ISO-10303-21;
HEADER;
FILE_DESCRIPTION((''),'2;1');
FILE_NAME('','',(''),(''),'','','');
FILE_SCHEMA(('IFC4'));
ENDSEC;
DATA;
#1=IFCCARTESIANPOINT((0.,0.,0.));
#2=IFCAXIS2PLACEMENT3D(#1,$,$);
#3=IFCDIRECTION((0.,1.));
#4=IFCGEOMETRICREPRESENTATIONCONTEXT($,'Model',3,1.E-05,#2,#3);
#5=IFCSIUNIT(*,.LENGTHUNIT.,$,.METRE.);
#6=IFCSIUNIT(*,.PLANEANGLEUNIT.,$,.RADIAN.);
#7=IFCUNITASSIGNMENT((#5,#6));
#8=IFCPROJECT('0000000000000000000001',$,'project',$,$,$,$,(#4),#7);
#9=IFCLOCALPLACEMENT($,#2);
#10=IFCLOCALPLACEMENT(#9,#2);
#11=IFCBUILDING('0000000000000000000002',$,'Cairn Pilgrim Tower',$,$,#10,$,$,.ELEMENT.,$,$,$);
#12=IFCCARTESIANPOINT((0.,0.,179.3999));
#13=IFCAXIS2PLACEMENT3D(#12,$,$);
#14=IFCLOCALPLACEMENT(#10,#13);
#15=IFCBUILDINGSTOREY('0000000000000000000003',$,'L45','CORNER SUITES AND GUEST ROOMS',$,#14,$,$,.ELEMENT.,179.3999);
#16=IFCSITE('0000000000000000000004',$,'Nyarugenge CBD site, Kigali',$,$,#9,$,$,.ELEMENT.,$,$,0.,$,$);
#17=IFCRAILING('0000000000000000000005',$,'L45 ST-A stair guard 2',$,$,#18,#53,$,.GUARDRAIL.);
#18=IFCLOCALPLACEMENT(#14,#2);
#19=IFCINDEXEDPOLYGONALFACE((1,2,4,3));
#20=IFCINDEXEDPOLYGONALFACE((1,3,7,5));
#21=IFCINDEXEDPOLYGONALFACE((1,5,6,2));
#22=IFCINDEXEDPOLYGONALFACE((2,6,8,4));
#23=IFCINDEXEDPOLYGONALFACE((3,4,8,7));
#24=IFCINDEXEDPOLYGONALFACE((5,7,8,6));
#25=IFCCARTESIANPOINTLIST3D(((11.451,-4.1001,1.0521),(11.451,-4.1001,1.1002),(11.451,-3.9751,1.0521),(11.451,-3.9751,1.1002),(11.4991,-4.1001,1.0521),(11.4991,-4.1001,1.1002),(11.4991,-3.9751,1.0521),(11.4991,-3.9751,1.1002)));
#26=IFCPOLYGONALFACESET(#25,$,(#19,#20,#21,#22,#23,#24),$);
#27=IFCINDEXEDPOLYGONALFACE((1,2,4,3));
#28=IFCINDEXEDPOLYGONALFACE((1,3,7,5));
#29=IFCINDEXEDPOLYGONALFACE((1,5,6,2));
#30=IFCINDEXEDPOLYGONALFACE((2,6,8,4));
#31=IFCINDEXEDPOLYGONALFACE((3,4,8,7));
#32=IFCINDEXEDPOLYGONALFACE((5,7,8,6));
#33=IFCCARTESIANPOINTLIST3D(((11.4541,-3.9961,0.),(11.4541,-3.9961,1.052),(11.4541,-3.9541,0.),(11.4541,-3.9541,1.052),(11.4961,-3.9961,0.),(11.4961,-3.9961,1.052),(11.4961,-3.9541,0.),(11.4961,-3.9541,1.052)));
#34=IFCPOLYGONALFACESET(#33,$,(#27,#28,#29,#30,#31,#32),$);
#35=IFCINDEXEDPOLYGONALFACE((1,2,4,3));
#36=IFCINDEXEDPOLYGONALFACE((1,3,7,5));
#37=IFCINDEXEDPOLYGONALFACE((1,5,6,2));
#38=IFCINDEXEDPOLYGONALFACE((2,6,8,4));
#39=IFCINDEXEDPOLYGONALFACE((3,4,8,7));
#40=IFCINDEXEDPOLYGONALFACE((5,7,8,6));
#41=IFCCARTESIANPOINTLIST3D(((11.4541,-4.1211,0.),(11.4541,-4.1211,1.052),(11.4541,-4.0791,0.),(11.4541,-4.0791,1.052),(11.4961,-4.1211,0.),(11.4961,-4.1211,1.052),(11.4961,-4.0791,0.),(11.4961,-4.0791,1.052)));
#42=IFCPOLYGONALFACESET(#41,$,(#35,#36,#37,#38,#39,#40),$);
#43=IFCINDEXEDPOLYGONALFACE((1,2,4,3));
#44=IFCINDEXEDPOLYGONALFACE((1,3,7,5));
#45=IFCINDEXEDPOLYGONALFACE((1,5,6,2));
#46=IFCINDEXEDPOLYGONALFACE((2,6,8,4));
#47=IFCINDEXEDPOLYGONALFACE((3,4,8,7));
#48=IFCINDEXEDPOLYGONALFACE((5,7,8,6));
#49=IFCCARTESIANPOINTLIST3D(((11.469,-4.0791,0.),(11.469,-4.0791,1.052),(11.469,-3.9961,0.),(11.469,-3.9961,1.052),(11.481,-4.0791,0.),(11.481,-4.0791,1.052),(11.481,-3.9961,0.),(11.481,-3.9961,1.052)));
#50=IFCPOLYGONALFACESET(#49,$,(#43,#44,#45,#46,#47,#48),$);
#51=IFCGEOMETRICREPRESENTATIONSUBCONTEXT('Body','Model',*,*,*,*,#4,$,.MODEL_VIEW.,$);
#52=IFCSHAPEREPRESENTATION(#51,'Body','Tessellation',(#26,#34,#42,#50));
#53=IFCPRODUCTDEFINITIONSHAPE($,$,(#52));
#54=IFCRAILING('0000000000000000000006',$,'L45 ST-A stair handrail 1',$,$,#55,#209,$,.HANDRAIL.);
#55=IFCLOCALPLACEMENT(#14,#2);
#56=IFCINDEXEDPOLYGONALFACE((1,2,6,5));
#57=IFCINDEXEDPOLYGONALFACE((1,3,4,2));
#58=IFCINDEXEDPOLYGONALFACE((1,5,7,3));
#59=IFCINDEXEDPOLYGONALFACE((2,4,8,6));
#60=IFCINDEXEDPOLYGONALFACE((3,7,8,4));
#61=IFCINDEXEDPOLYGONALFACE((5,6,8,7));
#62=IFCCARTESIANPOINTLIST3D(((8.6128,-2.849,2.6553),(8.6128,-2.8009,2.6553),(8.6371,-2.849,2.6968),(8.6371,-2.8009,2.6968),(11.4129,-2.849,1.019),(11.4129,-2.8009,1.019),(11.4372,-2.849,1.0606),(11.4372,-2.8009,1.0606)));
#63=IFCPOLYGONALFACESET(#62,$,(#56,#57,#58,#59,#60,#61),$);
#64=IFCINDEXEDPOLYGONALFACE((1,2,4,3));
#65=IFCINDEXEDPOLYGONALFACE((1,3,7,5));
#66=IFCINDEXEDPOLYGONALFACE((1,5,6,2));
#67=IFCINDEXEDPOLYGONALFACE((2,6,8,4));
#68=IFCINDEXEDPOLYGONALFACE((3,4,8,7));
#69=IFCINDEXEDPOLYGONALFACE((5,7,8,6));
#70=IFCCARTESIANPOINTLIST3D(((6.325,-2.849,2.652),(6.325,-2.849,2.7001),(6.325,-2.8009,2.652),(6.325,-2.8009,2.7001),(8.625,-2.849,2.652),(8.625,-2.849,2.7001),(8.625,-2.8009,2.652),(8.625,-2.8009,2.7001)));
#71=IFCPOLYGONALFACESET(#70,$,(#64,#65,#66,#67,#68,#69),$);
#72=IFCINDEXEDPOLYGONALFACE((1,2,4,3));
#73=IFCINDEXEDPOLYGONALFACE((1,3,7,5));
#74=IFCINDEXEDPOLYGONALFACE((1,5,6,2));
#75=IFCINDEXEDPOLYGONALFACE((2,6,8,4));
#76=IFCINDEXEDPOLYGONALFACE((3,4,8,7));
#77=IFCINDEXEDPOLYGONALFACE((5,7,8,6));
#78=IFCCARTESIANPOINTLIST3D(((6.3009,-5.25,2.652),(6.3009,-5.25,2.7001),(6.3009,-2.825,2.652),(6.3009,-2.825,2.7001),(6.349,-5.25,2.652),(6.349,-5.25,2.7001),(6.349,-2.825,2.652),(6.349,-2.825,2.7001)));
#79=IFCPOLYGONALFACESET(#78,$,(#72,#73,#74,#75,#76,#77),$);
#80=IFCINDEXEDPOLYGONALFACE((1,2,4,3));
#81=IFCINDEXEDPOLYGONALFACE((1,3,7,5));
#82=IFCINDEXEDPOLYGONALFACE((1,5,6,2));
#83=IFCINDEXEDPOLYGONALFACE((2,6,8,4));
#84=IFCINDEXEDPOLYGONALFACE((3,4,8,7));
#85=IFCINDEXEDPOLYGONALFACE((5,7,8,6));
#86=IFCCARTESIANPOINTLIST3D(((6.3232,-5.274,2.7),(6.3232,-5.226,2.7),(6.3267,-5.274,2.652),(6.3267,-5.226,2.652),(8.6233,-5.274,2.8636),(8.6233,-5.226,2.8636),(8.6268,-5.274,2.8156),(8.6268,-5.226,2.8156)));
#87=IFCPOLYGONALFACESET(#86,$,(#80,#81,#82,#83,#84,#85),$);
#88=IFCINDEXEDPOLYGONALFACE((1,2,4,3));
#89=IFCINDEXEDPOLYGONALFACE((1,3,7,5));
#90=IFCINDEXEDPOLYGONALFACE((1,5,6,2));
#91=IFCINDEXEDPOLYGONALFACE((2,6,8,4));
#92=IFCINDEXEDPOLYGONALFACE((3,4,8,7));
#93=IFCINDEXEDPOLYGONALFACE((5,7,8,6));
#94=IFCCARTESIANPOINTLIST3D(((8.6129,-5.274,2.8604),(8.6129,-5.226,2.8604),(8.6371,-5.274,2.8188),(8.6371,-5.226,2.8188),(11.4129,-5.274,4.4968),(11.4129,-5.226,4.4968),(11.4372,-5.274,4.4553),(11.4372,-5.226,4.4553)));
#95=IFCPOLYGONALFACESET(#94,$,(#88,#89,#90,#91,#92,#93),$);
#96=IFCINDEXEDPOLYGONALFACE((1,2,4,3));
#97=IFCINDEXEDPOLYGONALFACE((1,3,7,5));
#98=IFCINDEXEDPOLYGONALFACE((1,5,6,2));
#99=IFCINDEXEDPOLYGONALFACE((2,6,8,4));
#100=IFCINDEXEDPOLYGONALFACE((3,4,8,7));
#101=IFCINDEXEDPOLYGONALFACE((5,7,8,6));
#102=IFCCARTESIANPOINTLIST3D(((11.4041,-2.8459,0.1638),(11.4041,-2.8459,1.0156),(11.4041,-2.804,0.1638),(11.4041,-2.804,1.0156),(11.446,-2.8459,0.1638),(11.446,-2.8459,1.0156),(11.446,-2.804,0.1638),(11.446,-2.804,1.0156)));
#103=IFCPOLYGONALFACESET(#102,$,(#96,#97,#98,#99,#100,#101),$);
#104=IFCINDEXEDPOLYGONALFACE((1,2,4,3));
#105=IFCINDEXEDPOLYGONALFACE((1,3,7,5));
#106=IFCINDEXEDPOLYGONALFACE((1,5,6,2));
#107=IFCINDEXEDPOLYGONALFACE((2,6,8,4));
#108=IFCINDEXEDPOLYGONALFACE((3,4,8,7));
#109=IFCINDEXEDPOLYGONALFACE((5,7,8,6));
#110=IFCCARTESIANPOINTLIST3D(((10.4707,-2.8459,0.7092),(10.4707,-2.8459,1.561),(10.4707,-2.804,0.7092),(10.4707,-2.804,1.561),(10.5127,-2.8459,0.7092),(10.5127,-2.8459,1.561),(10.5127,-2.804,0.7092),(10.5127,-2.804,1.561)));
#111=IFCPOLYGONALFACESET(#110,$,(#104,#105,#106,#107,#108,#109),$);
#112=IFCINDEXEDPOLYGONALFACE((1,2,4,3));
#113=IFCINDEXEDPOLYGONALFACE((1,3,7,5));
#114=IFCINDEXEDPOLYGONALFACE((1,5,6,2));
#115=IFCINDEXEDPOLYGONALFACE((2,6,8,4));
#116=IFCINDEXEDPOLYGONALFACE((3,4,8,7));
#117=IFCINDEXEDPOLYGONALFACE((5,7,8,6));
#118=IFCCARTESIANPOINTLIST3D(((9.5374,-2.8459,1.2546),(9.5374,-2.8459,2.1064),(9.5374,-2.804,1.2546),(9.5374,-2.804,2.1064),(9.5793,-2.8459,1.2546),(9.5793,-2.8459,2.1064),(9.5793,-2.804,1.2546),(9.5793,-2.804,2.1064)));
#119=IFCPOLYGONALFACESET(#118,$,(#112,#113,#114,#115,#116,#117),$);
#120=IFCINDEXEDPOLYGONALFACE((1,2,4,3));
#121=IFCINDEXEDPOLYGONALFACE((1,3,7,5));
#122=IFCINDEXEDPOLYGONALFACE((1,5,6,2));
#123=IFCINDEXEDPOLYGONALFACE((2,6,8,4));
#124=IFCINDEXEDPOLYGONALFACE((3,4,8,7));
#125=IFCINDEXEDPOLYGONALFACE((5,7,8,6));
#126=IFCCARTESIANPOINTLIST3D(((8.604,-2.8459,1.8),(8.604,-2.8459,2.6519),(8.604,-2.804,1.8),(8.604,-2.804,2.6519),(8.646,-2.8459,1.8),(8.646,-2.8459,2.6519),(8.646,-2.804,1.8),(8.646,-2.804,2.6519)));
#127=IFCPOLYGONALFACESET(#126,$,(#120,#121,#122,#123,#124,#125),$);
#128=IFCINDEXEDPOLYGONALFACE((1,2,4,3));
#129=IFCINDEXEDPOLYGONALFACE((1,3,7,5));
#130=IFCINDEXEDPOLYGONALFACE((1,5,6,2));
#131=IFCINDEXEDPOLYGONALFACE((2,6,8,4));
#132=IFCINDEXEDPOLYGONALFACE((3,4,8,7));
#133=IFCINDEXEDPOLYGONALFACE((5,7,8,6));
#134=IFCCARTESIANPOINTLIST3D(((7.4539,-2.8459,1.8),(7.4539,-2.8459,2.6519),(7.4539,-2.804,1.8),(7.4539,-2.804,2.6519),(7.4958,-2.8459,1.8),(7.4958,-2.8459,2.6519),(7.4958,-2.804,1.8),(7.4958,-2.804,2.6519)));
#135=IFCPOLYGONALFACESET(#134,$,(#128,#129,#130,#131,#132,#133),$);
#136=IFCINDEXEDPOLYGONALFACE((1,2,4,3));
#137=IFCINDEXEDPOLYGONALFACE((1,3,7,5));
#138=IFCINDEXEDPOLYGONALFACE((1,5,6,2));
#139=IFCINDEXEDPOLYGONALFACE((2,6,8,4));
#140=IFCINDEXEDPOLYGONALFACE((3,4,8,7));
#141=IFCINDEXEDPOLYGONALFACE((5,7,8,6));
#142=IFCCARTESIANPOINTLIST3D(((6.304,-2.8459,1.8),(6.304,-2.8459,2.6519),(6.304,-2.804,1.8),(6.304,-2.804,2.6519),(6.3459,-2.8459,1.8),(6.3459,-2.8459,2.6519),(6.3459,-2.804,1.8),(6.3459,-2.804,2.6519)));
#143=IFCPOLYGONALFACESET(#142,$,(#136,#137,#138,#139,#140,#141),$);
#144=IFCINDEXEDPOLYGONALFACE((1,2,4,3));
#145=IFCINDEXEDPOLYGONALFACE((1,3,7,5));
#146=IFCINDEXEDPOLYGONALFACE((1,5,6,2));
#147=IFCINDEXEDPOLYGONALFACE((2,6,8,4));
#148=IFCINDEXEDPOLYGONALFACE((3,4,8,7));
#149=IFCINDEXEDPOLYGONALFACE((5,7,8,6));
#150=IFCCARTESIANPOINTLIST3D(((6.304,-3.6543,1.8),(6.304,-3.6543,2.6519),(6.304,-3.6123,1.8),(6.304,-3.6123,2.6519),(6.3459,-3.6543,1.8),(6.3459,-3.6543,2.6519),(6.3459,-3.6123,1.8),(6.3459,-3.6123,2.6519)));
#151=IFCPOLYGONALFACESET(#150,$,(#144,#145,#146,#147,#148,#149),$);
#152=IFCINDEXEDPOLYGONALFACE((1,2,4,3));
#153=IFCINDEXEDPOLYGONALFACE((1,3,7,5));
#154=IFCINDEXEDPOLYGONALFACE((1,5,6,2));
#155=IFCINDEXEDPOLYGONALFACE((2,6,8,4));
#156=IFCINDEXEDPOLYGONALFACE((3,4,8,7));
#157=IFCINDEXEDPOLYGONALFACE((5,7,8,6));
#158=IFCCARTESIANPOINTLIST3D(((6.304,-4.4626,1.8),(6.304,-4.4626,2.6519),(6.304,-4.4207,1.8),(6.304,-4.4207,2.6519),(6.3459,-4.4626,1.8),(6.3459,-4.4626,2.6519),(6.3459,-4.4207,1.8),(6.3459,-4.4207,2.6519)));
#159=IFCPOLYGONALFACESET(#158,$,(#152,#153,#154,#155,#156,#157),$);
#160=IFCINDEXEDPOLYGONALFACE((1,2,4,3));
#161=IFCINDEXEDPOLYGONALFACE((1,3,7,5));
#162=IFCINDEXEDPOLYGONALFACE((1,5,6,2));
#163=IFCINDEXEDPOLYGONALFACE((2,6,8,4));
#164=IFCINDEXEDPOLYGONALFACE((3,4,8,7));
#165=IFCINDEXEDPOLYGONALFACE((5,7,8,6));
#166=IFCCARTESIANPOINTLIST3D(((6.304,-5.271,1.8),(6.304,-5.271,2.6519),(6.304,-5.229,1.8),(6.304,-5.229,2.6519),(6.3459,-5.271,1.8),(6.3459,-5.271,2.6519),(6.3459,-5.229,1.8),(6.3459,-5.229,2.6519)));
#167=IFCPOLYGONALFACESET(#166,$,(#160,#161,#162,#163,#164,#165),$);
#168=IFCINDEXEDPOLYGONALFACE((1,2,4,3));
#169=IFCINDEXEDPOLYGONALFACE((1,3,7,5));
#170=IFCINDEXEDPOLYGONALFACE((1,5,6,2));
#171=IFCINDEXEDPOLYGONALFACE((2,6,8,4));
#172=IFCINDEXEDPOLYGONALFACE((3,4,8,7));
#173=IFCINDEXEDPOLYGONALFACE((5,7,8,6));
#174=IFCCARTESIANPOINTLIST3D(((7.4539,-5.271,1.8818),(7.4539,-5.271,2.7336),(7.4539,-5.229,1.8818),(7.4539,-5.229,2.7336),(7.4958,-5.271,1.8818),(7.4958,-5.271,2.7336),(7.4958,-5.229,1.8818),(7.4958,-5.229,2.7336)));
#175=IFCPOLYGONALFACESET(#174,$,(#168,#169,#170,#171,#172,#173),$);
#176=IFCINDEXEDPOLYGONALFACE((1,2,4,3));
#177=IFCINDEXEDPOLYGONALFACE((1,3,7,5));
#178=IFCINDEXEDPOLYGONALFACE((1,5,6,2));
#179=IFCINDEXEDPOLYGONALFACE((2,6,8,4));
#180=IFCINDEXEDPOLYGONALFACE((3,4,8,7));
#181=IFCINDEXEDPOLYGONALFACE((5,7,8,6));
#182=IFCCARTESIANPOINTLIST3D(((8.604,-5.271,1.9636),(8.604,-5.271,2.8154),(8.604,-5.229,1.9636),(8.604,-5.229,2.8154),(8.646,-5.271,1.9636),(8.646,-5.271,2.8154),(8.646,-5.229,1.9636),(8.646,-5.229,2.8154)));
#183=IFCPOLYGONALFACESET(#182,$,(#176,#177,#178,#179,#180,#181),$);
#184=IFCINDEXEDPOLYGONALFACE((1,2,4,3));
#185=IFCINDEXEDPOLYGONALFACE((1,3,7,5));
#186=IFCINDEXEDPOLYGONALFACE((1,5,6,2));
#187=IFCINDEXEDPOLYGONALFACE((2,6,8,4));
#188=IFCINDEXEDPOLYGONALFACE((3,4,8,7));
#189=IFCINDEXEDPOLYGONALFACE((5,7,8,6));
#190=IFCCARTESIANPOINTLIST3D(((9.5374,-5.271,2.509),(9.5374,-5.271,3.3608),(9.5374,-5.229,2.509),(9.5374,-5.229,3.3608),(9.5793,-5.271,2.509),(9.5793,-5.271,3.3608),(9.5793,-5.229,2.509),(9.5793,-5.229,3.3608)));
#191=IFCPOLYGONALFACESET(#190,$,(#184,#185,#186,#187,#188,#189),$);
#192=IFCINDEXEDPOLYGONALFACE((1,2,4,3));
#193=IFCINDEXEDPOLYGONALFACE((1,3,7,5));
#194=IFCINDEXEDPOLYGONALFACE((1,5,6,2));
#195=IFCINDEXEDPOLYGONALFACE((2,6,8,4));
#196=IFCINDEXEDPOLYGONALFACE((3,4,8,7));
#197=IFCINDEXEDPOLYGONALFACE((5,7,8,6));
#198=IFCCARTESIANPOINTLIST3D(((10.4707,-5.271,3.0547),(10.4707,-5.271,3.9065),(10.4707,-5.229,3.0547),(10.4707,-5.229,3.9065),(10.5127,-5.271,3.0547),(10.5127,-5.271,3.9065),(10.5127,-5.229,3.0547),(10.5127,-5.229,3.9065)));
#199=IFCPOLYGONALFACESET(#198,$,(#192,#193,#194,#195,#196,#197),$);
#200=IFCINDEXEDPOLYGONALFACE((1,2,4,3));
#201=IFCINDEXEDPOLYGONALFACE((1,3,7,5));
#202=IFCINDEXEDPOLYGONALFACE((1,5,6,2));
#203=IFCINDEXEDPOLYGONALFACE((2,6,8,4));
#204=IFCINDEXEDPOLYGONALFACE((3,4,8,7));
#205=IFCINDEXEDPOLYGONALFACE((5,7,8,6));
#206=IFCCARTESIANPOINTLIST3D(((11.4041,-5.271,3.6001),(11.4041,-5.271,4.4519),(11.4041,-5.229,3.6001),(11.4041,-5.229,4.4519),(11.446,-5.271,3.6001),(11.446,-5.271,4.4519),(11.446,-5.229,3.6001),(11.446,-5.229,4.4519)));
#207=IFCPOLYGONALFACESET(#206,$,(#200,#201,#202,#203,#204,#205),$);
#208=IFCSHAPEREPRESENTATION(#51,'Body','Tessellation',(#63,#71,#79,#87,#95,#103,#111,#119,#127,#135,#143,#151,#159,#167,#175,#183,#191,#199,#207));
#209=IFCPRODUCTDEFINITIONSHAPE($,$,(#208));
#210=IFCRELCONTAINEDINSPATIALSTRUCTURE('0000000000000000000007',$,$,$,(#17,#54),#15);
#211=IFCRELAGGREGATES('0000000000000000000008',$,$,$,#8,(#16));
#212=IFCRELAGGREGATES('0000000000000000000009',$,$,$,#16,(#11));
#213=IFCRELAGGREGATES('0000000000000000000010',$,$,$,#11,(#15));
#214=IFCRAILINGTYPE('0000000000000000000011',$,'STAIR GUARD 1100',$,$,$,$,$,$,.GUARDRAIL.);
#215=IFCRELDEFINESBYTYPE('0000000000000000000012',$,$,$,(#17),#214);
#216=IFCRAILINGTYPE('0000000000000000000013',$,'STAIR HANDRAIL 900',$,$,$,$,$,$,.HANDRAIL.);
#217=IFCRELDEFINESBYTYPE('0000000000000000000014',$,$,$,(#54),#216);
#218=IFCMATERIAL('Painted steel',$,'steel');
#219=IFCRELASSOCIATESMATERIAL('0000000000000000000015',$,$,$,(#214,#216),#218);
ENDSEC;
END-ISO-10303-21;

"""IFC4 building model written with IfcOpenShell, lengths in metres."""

from ifc_helpers import new_model, si_unit, direction, frame, origin, origin_2d, place, context, subcontext, project, spatial, polyline, rectangle, outline, extrude, material, type_object, element, save


model = new_model("IFC4")

# Units and contexts
model_context = context("Model", 3, precision=1e-05, world=origin(), true_north=direction((0.0, 1.0)))
body_context = subcontext(model_context, "Body", "Model", "MODEL_VIEW")
ifc_project = project(units=[si_unit("LENGTHUNIT", "METRE"), si_unit("PLANEANGLEUNIT", "RADIAN")], contexts=[model_context])

# Site, building, storey
site_placement = place(None, origin())
site = spatial("IfcSite", under=ifc_project, at=site_placement, Name="Nyarugenge CBD site, Kigali", CompositionType="ELEMENT", RefElevation=0.0)
building_placement = place(site_placement, origin())
building = spatial("IfcBuilding", under=site, at=building_placement, Name="Cairn Pilgrim Tower", CompositionType="ELEMENT")
storey_placement = place(building_placement, frame((0.0, 0.0, 179.3999)))
storey = spatial("IfcBuildingStorey", under=building, at=storey_placement, Name="L45", Description="CORNER SUITES AND GUEST ROOMS", CompositionType="ELEMENT", Elevation=179.3999)

# Railings
ifc_material_1 = material(Name="Painted steel", Category="steel")
railing_type_1 = type_object("IfcRailingType", Name="STAIR GUARD 1100", PredefinedType="GUARDRAIL", material=ifc_material_1)
railing_1_placement = place(storey_placement, frame((11.4751, -3.9751, 0.0)))
element("IfcRailing", 1, at=railing_1_placement, inside=storey, type_object=railing_type_1, Name="L45 ST-A stair guard 2", PredefinedType="GUARDRAIL", context=body_context, shape_type="SweptSolid", body=[
    extrude(rectangle(XDim=0.0481, YDim=0.0481, at=origin_2d()), frame((0.0, 0.0, 1.0762), z_axis=(0.0, -1.0, 0.0), x_axis=(1.0, 0.0, 0.0)), (0.0, 0.0, 1.0), 0.125),
    extrude(rectangle(XDim=0.042, YDim=0.042, at=origin_2d()), origin(), (0.0, 0.0, 1.0), 1.052),
    extrude(rectangle(XDim=0.042, YDim=0.042, at=origin_2d()), frame((0.0, -0.125, 0.0)), (0.0, 0.0, 1.0), 1.052),
    extrude(outline(polyline([(0.021, 0.0), (0.104, 0.0), (0.104, 1.052), (0.021, 1.052), (0.021, 0.0)])), frame((0.0059, 0.0, 0.0), z_axis=(-1.0, 0.0, 0.0), x_axis=(0.0, -1.0, 0.0)), (0.0, 0.0, 1.0), 0.012),
])
railing_type_2 = type_object("IfcRailingType", Name="STAIR HANDRAIL 900", PredefinedType="HANDRAIL", material=ifc_material_1)
railing_2_placement = place(storey_placement, frame((11.425, -2.825, 0.1638)))
element("IfcRailing", 2, at=railing_2_placement, inside=storey, type_object=railing_type_2, Name="L45 ST-A stair handrail 1", PredefinedType="HANDRAIL", context=body_context, shape_type="SweptSolid", body=[
    extrude(rectangle(XDim=0.0481, YDim=0.0481, at=origin_2d()), frame((0.0, 0.0, 0.876), z_axis=(-0.863394, 0.0, 0.504531), x_axis=(0.0, -1.0, 0.0)), (0.0, 0.0, 1.0), 3.2432),
    extrude(rectangle(XDim=0.0481, YDim=0.0481, at=origin_2d()), frame((-2.8, 0.0, 2.5122), z_axis=(-1.0, 0.0, 0.0), x_axis=(0.0, -1.0, 0.0)), (0.0, 0.0, 1.0), 2.3),
    extrude(rectangle(XDim=0.0481, YDim=0.0481, at=origin_2d()), frame((-5.1001, 0.0, 2.5122), z_axis=(0.0, -1.0, 0.0), x_axis=(1.0, 0.0, 0.0)), (0.0, 0.0, 1.0), 2.425),
    extrude(rectangle(XDim=0.0481, YDim=0.0481, at=origin_2d()), frame((-5.1001, -2.425, 2.5122), z_axis=(0.997481, 0.0, 0.070939), x_axis=(0.0, 1.0, 0.0)), (0.0, 0.0, 1.0), 2.3059),
    extrude(rectangle(XDim=0.0481, YDim=0.0481, at=origin_2d()), frame((-2.8, -2.425, 2.6758), z_axis=(0.863361, 0.0, 0.504587), x_axis=(0.0, 1.0, 0.0)), (0.0, 0.0, 1.0), 3.2432),
    extrude(rectangle(XDim=0.042, YDim=0.042, at=origin_2d()), origin(), (0.0, 0.0, 1.0), 0.8518),
    extrude(rectangle(XDim=0.042, YDim=0.042, at=origin_2d()), frame((-0.9333, 0.0, 0.5454)), (0.0, 0.0, 1.0), 0.8518),
    extrude(rectangle(XDim=0.042, YDim=0.042, at=origin_2d()), frame((-1.8667, 0.0, 1.0908)), (0.0, 0.0, 1.0), 0.8518),
    extrude(rectangle(XDim=0.042, YDim=0.042, at=origin_2d()), frame((-2.8, 0.0, 1.6362)), (0.0, 0.0, 1.0), 0.8518),
    extrude(rectangle(XDim=0.042, YDim=0.042, at=origin_2d()), frame((-3.9502, 0.0, 1.6362)), (0.0, 0.0, 1.0), 0.8518),
    extrude(rectangle(XDim=0.042, YDim=0.042, at=origin_2d()), frame((-5.1001, 0.0, 1.6362)), (0.0, 0.0, 1.0), 0.8518),
    extrude(rectangle(XDim=0.042, YDim=0.042, at=origin_2d()), frame((-5.1001, -0.8083, 1.6362)), (0.0, 0.0, 1.0), 0.8518),
    extrude(rectangle(XDim=0.042, YDim=0.042, at=origin_2d()), frame((-5.1001, -1.6167, 1.6362)), (0.0, 0.0, 1.0), 0.8518),
    extrude(rectangle(XDim=0.042, YDim=0.042, at=origin_2d()), frame((-5.1001, -2.425, 1.6362)), (0.0, 0.0, 1.0), 0.8518),
    extrude(rectangle(XDim=0.042, YDim=0.042, at=origin_2d()), frame((-3.9502, -2.425, 1.718)), (0.0, 0.0, 1.0), 0.8518),
    extrude(rectangle(XDim=0.042, YDim=0.042, at=origin_2d()), frame((-2.8, -2.425, 1.7998)), (0.0, 0.0, 1.0), 0.8518),
    extrude(rectangle(XDim=0.042, YDim=0.042, at=origin_2d()), frame((-1.8667, -2.425, 2.3452)), (0.0, 0.0, 1.0), 0.8518),
    extrude(rectangle(XDim=0.042, YDim=0.042, at=origin_2d()), frame((-0.9333, -2.425, 2.8909)), (0.0, 0.0, 1.0), 0.8518),
    extrude(rectangle(XDim=0.042, YDim=0.042, at=origin_2d()), frame((0.0, -2.425, 3.4363)), (0.0, 0.0, 1.0), 0.8518),
])

save(model, "model.ifc")
